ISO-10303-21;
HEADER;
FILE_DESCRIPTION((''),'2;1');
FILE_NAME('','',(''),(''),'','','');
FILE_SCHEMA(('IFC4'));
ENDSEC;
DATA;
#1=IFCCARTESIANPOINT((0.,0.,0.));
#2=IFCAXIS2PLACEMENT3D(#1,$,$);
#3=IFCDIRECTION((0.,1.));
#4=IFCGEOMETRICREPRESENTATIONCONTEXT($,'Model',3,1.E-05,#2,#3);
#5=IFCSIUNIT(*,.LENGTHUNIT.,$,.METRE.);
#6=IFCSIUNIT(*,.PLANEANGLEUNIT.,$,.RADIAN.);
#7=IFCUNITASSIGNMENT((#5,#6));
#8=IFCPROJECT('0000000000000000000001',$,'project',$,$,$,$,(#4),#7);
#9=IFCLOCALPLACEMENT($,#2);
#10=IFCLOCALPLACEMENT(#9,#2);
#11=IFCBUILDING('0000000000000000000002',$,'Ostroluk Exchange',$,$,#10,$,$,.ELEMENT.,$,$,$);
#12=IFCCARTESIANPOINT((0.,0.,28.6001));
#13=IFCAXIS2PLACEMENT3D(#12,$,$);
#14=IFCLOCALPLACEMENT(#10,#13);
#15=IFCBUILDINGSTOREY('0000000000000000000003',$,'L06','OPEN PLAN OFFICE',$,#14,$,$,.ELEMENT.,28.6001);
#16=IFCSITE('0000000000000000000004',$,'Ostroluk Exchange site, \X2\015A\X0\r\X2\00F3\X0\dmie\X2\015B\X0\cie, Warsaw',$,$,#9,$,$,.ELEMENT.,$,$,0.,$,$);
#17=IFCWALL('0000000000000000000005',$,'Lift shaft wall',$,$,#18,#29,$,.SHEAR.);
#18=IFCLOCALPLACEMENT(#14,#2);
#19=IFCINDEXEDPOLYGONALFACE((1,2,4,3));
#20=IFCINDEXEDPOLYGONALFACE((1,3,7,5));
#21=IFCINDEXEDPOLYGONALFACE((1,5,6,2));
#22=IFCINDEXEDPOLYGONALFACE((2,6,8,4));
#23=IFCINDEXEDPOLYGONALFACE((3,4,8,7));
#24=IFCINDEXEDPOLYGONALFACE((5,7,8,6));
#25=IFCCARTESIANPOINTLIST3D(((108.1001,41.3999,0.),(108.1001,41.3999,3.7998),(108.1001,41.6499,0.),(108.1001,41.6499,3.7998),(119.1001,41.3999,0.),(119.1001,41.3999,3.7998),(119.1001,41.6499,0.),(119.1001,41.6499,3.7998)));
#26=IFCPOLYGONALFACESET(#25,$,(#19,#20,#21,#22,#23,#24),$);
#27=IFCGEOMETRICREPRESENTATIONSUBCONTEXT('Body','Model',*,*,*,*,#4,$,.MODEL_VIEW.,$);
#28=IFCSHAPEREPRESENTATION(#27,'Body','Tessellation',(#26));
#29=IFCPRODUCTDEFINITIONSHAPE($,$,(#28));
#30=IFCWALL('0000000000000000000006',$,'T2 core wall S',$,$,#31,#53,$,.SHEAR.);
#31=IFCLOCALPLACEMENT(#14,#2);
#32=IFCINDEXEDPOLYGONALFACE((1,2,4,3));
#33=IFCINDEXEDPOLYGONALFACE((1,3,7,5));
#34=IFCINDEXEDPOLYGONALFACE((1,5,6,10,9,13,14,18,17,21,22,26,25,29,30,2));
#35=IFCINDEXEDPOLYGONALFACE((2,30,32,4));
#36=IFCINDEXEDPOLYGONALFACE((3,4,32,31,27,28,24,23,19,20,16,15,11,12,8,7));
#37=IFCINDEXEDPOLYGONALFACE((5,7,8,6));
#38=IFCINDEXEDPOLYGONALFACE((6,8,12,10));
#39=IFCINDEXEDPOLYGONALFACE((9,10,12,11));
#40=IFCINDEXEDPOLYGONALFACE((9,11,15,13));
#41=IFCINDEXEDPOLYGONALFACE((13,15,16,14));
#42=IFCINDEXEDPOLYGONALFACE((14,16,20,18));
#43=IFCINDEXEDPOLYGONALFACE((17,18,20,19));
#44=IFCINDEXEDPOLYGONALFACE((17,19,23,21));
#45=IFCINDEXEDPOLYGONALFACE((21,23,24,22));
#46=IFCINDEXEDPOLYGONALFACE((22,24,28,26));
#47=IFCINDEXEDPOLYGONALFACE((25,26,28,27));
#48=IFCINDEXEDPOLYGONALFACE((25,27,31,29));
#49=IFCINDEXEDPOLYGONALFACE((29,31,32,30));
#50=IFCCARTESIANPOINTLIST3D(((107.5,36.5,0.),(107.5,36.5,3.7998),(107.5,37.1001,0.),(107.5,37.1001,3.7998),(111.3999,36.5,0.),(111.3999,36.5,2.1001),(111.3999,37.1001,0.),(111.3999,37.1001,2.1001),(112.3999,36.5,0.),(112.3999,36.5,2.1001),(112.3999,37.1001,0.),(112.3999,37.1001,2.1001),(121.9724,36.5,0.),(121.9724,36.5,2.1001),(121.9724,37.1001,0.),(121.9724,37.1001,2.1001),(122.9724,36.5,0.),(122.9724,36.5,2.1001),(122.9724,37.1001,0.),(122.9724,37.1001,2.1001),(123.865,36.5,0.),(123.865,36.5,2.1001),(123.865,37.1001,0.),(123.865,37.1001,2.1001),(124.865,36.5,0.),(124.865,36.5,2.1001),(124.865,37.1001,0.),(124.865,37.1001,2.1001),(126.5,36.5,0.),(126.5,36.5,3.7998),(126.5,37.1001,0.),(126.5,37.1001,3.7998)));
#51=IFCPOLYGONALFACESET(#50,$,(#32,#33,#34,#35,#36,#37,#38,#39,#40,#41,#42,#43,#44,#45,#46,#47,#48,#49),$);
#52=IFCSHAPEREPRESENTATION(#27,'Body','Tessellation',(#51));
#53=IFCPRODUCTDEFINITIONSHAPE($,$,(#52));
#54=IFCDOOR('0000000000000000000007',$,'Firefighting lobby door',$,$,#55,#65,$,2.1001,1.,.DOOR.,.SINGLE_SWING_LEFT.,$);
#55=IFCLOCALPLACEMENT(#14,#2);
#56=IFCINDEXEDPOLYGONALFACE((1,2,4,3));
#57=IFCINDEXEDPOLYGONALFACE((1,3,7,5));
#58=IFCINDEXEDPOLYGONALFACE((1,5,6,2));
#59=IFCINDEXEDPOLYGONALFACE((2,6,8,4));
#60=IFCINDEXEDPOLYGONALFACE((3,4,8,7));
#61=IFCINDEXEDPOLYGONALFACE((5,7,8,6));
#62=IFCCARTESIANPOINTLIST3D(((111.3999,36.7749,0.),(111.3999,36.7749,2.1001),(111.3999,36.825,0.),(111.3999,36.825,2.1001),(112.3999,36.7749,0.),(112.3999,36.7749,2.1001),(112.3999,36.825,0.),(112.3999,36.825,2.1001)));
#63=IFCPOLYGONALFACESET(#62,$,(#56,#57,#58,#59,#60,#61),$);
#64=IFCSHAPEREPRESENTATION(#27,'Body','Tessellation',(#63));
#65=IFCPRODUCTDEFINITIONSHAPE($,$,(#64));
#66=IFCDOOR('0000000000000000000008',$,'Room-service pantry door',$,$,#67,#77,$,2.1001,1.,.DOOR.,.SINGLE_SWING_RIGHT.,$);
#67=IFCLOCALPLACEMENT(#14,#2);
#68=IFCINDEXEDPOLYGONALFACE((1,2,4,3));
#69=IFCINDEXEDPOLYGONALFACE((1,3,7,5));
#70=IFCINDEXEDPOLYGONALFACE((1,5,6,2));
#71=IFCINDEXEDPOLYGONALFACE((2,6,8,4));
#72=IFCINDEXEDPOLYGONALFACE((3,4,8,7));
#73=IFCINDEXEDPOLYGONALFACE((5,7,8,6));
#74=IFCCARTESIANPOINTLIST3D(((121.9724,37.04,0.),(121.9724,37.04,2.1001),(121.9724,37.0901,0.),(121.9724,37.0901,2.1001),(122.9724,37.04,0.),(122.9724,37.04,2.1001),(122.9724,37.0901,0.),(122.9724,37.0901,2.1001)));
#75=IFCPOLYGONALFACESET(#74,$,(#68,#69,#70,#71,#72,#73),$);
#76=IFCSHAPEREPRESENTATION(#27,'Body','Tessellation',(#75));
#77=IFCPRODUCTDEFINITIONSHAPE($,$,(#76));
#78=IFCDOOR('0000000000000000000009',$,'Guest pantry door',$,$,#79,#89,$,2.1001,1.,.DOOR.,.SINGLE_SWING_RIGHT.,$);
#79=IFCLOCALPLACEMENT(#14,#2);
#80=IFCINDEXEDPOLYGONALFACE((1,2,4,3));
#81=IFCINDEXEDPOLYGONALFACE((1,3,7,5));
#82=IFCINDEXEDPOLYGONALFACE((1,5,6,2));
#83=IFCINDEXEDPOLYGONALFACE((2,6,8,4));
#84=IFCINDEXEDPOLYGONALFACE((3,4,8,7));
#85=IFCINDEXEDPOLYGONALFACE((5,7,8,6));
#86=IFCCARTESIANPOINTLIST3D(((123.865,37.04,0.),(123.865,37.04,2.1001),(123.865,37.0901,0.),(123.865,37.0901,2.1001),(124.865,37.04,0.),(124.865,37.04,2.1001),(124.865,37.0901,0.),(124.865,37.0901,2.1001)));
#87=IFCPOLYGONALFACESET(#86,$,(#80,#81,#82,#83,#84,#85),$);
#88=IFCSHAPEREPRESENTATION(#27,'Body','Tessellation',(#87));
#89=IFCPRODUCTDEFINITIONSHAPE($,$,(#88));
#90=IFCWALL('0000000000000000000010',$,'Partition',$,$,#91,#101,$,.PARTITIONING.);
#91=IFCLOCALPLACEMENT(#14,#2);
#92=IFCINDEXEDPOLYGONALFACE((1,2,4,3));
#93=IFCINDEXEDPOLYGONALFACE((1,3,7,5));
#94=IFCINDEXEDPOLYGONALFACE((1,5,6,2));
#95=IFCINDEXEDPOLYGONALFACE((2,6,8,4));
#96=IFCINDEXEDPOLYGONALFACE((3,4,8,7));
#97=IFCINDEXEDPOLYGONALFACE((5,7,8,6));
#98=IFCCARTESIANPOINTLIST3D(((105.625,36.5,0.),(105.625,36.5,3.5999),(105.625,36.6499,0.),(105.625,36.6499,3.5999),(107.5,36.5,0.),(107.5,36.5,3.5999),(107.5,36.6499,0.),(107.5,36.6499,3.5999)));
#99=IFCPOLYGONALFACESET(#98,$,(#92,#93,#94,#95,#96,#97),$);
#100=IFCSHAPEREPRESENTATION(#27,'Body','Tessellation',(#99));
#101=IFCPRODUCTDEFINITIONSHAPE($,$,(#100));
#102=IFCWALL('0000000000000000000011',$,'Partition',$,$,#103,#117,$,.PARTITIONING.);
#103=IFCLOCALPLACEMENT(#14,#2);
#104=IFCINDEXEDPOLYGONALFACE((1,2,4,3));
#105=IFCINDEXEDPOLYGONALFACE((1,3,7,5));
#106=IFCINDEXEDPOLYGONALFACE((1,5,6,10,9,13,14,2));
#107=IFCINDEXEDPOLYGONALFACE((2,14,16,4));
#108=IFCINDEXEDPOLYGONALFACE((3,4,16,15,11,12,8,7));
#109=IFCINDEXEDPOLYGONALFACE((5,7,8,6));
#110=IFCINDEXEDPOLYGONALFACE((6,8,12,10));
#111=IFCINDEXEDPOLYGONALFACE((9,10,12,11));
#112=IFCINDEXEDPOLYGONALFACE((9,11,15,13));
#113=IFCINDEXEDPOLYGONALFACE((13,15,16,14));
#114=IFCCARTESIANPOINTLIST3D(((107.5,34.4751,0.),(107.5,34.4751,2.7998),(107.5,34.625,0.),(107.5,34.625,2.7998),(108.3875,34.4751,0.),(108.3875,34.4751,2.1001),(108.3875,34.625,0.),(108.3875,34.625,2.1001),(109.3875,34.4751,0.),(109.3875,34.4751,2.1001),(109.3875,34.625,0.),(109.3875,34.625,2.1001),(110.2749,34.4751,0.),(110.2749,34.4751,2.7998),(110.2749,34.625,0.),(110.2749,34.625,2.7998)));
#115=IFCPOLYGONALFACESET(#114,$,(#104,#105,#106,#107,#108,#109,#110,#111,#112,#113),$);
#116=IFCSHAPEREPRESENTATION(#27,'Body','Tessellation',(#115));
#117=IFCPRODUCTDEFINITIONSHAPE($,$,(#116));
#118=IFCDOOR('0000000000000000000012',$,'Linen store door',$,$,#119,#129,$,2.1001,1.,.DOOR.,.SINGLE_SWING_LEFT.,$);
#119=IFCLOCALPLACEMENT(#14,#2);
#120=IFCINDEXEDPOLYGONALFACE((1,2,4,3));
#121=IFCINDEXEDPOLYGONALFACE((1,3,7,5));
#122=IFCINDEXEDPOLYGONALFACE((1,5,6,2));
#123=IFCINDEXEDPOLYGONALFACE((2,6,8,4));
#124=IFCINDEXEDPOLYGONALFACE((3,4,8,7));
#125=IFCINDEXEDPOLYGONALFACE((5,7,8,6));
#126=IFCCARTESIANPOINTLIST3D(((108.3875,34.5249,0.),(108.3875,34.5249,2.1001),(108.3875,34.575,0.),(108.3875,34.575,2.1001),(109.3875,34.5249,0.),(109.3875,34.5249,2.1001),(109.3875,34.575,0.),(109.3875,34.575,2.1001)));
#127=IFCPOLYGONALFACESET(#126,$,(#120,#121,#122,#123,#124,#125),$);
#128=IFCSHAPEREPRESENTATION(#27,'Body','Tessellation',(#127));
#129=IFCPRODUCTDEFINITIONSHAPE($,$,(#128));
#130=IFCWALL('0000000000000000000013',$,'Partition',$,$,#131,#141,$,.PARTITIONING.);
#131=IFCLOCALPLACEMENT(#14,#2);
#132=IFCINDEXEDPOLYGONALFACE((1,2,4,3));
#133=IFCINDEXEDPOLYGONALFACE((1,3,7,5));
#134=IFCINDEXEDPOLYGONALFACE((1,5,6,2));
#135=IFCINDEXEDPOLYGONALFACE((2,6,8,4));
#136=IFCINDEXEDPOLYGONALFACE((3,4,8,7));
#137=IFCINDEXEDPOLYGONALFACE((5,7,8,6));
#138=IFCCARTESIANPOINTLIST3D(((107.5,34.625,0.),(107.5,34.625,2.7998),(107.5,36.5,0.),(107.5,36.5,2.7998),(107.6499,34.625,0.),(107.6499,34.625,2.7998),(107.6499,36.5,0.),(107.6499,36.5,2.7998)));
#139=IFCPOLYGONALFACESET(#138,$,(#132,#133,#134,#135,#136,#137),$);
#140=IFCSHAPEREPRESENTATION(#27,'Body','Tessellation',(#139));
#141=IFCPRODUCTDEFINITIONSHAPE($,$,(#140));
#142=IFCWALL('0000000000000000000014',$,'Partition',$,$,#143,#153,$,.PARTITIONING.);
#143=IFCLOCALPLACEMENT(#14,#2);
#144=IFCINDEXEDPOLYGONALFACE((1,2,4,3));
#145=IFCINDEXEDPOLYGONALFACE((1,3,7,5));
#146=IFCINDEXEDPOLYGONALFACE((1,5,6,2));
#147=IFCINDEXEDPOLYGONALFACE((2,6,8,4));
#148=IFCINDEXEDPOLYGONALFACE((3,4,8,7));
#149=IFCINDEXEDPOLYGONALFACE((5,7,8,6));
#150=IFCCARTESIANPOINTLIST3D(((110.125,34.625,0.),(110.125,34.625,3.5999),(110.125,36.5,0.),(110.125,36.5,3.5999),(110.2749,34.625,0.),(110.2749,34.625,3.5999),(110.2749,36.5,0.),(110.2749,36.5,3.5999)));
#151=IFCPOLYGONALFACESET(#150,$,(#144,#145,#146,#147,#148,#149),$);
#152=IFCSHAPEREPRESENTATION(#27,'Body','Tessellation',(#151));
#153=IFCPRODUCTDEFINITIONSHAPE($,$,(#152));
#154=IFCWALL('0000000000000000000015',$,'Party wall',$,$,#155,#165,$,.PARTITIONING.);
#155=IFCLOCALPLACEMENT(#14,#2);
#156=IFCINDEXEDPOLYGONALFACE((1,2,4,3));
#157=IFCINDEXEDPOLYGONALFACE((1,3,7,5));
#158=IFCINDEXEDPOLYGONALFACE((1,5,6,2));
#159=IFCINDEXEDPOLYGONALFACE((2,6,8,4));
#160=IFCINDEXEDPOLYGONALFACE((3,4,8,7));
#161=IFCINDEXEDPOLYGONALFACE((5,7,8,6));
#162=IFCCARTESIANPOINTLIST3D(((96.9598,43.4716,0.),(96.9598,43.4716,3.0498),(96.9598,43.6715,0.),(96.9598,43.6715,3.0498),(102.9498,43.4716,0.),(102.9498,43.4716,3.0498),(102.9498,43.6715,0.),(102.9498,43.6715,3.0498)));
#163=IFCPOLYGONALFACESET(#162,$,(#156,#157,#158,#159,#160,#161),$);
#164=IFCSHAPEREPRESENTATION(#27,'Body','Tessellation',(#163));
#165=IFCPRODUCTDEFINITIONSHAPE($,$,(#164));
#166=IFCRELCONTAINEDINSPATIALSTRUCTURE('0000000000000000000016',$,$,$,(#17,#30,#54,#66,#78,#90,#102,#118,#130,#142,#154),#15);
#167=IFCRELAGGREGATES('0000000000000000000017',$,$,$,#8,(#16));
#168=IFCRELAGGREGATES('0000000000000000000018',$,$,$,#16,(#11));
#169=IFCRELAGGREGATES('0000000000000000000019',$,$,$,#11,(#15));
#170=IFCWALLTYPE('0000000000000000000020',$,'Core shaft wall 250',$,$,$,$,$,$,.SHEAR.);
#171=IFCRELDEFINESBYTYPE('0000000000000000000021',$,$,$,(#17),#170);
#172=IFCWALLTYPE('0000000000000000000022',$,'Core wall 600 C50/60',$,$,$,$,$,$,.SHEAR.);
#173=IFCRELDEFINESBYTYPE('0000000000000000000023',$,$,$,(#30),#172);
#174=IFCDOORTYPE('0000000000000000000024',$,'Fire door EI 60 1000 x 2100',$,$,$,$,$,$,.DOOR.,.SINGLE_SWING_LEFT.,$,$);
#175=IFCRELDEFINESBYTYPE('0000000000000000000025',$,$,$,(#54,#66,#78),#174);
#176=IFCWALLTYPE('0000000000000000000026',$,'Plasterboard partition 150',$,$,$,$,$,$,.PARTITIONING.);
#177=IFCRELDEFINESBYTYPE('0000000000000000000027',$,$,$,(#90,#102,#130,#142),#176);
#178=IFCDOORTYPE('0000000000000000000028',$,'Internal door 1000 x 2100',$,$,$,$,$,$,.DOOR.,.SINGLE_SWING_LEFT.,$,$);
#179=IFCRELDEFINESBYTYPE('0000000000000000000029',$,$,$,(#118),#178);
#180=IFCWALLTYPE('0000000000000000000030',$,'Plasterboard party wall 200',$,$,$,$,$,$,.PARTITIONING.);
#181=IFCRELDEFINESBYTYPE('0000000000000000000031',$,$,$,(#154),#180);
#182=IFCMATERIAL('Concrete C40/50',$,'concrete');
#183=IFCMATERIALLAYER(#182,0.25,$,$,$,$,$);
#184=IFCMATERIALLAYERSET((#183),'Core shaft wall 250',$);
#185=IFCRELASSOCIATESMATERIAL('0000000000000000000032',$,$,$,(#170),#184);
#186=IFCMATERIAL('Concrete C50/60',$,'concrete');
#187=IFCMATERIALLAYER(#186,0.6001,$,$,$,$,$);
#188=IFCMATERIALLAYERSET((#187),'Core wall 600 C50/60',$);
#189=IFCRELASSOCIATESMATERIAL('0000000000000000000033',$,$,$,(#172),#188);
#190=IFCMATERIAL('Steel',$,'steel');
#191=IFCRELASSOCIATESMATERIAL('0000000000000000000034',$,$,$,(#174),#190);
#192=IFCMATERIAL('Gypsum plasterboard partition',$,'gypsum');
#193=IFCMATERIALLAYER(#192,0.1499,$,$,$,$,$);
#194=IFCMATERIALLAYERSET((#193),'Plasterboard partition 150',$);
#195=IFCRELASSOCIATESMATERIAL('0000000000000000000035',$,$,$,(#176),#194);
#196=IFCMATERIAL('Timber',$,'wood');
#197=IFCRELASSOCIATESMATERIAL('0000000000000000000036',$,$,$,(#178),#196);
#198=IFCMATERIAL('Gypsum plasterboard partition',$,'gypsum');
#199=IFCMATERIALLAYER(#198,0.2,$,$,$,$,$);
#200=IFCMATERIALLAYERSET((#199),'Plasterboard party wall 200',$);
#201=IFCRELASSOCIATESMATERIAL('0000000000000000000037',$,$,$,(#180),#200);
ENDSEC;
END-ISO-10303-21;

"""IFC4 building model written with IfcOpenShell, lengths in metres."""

from ifc_helpers import new_model, si_unit, direction, frame, frame_2d, origin, place, context, subcontext, project, spatial, rectangle, extrude, material, layer, layer_set, type_object, element, fill, save


model = new_model("IFC4")

# Units and contexts
model_context = context("Model", 3, precision=1e-05, world=origin(), true_north=direction((0.0, 1.0)))
body_context = subcontext(model_context, "Body", "Model", "MODEL_VIEW")
ifc_project = project(units=[si_unit("LENGTHUNIT", "METRE"), si_unit("PLANEANGLEUNIT", "RADIAN")], contexts=[model_context])

# Site, building, storey
site_placement = place(None, origin())
site = spatial("IfcSite", under=ifc_project, at=site_placement, Name="Ostroluk Exchange site, Śródmieście, Warsaw", CompositionType="ELEMENT", RefElevation=0.0)
building_placement = place(site_placement, origin())
building = spatial("IfcBuilding", under=site, at=building_placement, Name="Ostroluk Exchange", CompositionType="ELEMENT")
storey_placement = place(building_placement, frame((0.0, 0.0, 28.6001)))
storey = spatial("IfcBuildingStorey", under=building, at=storey_placement, Name="L06", Description="OPEN PLAN OFFICE", CompositionType="ELEMENT", Elevation=28.6001)

# Shared definitions
ifc_material_1 = material(Name="Concrete C40/50", Category="concrete")
ifc_layer_1 = layer(ifc_material_1, 0.25)
ifc_layer_set_1 = layer_set([ifc_layer_1], Name="Core shaft wall 250")
wall_type_1 = type_object("IfcWallType", Name="Core shaft wall 250", PredefinedType="SHEAR", material=ifc_layer_set_1)

# Wall
wall_1_placement = place(storey_placement, frame((108.1001, 41.5249, 0.0), z_axis=(0.0, 0.0, 1.0), x_axis=(1.0, 0.0, 0.0)))
element("IfcWall", 1, at=wall_1_placement, inside=storey, type_object=wall_type_1, Name="Lift shaft wall", PredefinedType="SHEAR", context=body_context, shape_type="SweptSolid", body=[
    extrude(rectangle(XDim=11.0, YDim=0.25, at=frame_2d((5.5, 0.0))), origin(), (0.0, 0.0, 1.0), 3.7998),
])

# Wall, openings, doors
ifc_material_2 = material(Name="Concrete C50/60", Category="concrete")
ifc_layer_2 = layer(ifc_material_2, 0.6001)
ifc_layer_set_2 = layer_set([ifc_layer_2], Name="Core wall 600 C50/60")
wall_type_2 = type_object("IfcWallType", Name="Core wall 600 C50/60", PredefinedType="SHEAR", material=ifc_layer_set_2)
wall_2_placement = place(storey_placement, frame((107.5, 36.8, 0.0), z_axis=(0.0, 0.0, 1.0), x_axis=(1.0, 0.0, 0.0)))
wall_2 = element("IfcWall", 2, at=wall_2_placement, inside=storey, type_object=wall_type_2, Name="T2 core wall S", PredefinedType="SHEAR", context=body_context, shape_type="SweptSolid", body=[
    extrude(rectangle(XDim=19.0, YDim=0.6001, at=frame_2d((9.5, 0.0))), origin(), (0.0, 0.0, 1.0), 3.7998),
])
opening_1_placement = place(wall_2_placement, frame((3.8999, 0.0, 0.0)))
opening_1 = element("IfcOpeningElement", 3, at=opening_1_placement, cuts=wall_2, PredefinedType="OPENING", context=body_context, shape_type="SweptSolid", body=[
    extrude(rectangle(XDim=1.0, YDim=2.1001, at=frame_2d((0.5, 1.05))), frame((0.0, 0.3101, 0.0), z_axis=(0.0, -1.0, 0.0), x_axis=(1.0, 0.0, 0.0)), (0.0, 0.0, 1.0), 0.6201),
])
opening_2_placement = place(wall_2_placement, frame((14.4724, 0.0, 0.0)))
opening_2 = element("IfcOpeningElement", 4, at=opening_2_placement, cuts=wall_2, PredefinedType="OPENING", context=body_context, shape_type="SweptSolid", body=[
    extrude(rectangle(XDim=1.0, YDim=2.1001, at=frame_2d((0.5, 1.05))), frame((0.0, 0.3101, 0.0), z_axis=(0.0, -1.0, 0.0), x_axis=(1.0, 0.0, 0.0)), (0.0, 0.0, 1.0), 0.6201),
])
opening_3_placement = place(wall_2_placement, frame((16.365, 0.0, 0.0)))
opening_3 = element("IfcOpeningElement", 5, at=opening_3_placement, cuts=wall_2, PredefinedType="OPENING", context=body_context, shape_type="SweptSolid", body=[
    extrude(rectangle(XDim=1.0, YDim=2.1001, at=frame_2d((0.5, 1.05))), frame((0.0, 0.3101, 0.0), z_axis=(0.0, -1.0, 0.0), x_axis=(1.0, 0.0, 0.0)), (0.0, 0.0, 1.0), 0.6201),
])
ifc_material_3 = material(Name="Steel", Category="steel")
door_type_1 = type_object("IfcDoorType", Name="Fire door EI 60 1000 x 2100", OperationType="SINGLE_SWING_LEFT", PredefinedType="DOOR", material=ifc_material_3)
door_1_placement = place(opening_1_placement, origin())
door_1 = element("IfcDoor", 6, at=door_1_placement, inside=storey, type_object=door_type_1, Name="Firefighting lobby door", OperationType="SINGLE_SWING_LEFT", OverallHeight=2.1001, OverallWidth=1.0, PredefinedType="DOOR", context=body_context, shape_type="SweptSolid", body=[
    extrude(rectangle(XDim=1.0, YDim=2.1001, at=frame_2d((0.5, 1.05))), frame((0.0, 0.0249, 0.0), z_axis=(0.0, -1.0, 0.0), x_axis=(1.0, 0.0, 0.0)), (0.0, 0.0, 1.0), 0.05),
])
fill(opening_1, door_1)
door_2_placement = place(opening_2_placement, origin())
door_2 = element("IfcDoor", 7, at=door_2_placement, inside=storey, type_object=door_type_1, Name="Room-service pantry door", OperationType="SINGLE_SWING_RIGHT", OverallHeight=2.1001, OverallWidth=1.0, PredefinedType="DOOR", context=body_context, shape_type="SweptSolid", body=[
    extrude(rectangle(XDim=1.0, YDim=2.1001, at=frame_2d((0.5, 1.05))), frame((0.0, 0.29, 0.0), z_axis=(0.0, -1.0, 0.0), x_axis=(1.0, 0.0, 0.0)), (0.0, 0.0, 1.0), 0.05),
])
fill(opening_2, door_2)
door_3_placement = place(opening_3_placement, origin())
door_3 = element("IfcDoor", 8, at=door_3_placement, inside=storey, type_object=door_type_1, Name="Guest pantry door", OperationType="SINGLE_SWING_RIGHT", OverallHeight=2.1001, OverallWidth=1.0, PredefinedType="DOOR", context=body_context, shape_type="SweptSolid", body=[
    extrude(rectangle(XDim=1.0, YDim=2.1001, at=frame_2d((0.5, 1.05))), frame((0.0, 0.29, 0.0), z_axis=(0.0, -1.0, 0.0), x_axis=(1.0, 0.0, 0.0)), (0.0, 0.0, 1.0), 0.05),
])
fill(opening_3, door_3)

# Wall
ifc_material_4 = material(Name="Gypsum plasterboard partition", Category="gypsum")
ifc_layer_3 = layer(ifc_material_4, 0.1499)
ifc_layer_set_3 = layer_set([ifc_layer_3], Name="Plasterboard partition 150")
wall_type_3 = type_object("IfcWallType", Name="Plasterboard partition 150", PredefinedType="PARTITIONING", material=ifc_layer_set_3)
wall_3_placement = place(storey_placement, frame((107.5, 36.575, 0.0), z_axis=(0.0, 0.0, 1.0), x_axis=(-1.0, 0.0, 0.0)))
element("IfcWall", 9, at=wall_3_placement, inside=storey, type_object=wall_type_3, Name="Partition", PredefinedType="PARTITIONING", context=body_context, shape_type="SweptSolid", body=[
    extrude(rectangle(XDim=1.875, YDim=0.1499, at=frame_2d((0.9375, 0.0))), origin(), (0.0, 0.0, 1.0), 3.5999),
])

# Wall, opening, door
wall_4_placement = place(storey_placement, frame((107.5, 34.55, 0.0), z_axis=(0.0, 0.0, 1.0), x_axis=(1.0, 0.0, 0.0)))
wall_4 = element("IfcWall", 10, at=wall_4_placement, inside=storey, type_object=wall_type_3, Name="Partition", PredefinedType="PARTITIONING", context=body_context, shape_type="SweptSolid", body=[
    extrude(rectangle(XDim=2.7749, YDim=0.1499, at=frame_2d((1.3875, 0.0))), origin(), (0.0, 0.0, 1.0), 2.7998),
])
opening_4_placement = place(wall_4_placement, frame((0.8875, 0.0, 0.0)))
opening_4 = element("IfcOpeningElement", 11, at=opening_4_placement, cuts=wall_4, PredefinedType="OPENING", context=body_context, shape_type="SweptSolid", body=[
    extrude(rectangle(XDim=1.0, YDim=2.1001, at=frame_2d((0.5, 1.05))), frame((0.0, 0.085, 0.0), z_axis=(0.0, -1.0, 0.0), x_axis=(1.0, 0.0, 0.0)), (0.0, 0.0, 1.0), 0.1699),
])
ifc_material_5 = material(Name="Timber", Category="wood")
door_type_2 = type_object("IfcDoorType", Name="Internal door 1000 x 2100", OperationType="SINGLE_SWING_LEFT", PredefinedType="DOOR", material=ifc_material_5)
door_4_placement = place(opening_4_placement, origin())
door_4 = element("IfcDoor", 12, at=door_4_placement, inside=storey, type_object=door_type_2, Name="Linen store door", OperationType="SINGLE_SWING_LEFT", OverallHeight=2.1001, OverallWidth=1.0, PredefinedType="DOOR", context=body_context, shape_type="SweptSolid", body=[
    extrude(rectangle(XDim=1.0, YDim=2.1001, at=frame_2d((0.5, 1.05))), frame((0.0, 0.0249, 0.0), z_axis=(0.0, -1.0, 0.0), x_axis=(1.0, 0.0, 0.0)), (0.0, 0.0, 1.0), 0.05),
])
fill(opening_4, door_4)

# Walls
wall_5_placement = place(storey_placement, frame((107.575, 36.5, 0.0), z_axis=(0.0, 0.0, 1.0), x_axis=(0.0, -1.0, 0.0)))
element("IfcWall", 13, at=wall_5_placement, inside=storey, type_object=wall_type_3, Name="Partition", PredefinedType="PARTITIONING", context=body_context, shape_type="SweptSolid", body=[
    extrude(rectangle(XDim=1.875, YDim=0.1499, at=frame_2d((0.9375, 0.0))), origin(), (0.0, 0.0, 1.0), 2.7998),
])
wall_6_placement = place(storey_placement, frame((110.2, 36.5, 0.0), z_axis=(0.0, 0.0, 1.0), x_axis=(0.0, -1.0, 0.0)))
element("IfcWall", 14, at=wall_6_placement, inside=storey, type_object=wall_type_3, Name="Partition", PredefinedType="PARTITIONING", context=body_context, shape_type="SweptSolid", body=[
    extrude(rectangle(XDim=1.875, YDim=0.1499, at=frame_2d((0.9375, 0.0))), origin(), (0.0, 0.0, 1.0), 3.5999),
])
ifc_material_6 = material(Name="Gypsum plasterboard partition", Category="gypsum")
ifc_layer_4 = layer(ifc_material_6, 0.2)
ifc_layer_set_4 = layer_set([ifc_layer_4], Name="Plasterboard party wall 200")
wall_type_4 = type_object("IfcWallType", Name="Plasterboard party wall 200", PredefinedType="PARTITIONING", material=ifc_layer_set_4)
wall_7_placement = place(storey_placement, frame((102.95, 43.5715, 0.0), z_axis=(0.0, 0.0, 1.0), x_axis=(-1.0, 0.0, 0.0)))
element("IfcWall", 15, at=wall_7_placement, inside=storey, type_object=wall_type_4, Name="Party wall", PredefinedType="PARTITIONING", context=body_context, shape_type="SweptSolid", body=[
    extrude(rectangle(XDim=5.99, YDim=0.2, at=frame_2d((2.9951, 0.0))), origin(), (0.0, 0.0, 1.0), 3.0498),
])

save(model, "model.ifc")
